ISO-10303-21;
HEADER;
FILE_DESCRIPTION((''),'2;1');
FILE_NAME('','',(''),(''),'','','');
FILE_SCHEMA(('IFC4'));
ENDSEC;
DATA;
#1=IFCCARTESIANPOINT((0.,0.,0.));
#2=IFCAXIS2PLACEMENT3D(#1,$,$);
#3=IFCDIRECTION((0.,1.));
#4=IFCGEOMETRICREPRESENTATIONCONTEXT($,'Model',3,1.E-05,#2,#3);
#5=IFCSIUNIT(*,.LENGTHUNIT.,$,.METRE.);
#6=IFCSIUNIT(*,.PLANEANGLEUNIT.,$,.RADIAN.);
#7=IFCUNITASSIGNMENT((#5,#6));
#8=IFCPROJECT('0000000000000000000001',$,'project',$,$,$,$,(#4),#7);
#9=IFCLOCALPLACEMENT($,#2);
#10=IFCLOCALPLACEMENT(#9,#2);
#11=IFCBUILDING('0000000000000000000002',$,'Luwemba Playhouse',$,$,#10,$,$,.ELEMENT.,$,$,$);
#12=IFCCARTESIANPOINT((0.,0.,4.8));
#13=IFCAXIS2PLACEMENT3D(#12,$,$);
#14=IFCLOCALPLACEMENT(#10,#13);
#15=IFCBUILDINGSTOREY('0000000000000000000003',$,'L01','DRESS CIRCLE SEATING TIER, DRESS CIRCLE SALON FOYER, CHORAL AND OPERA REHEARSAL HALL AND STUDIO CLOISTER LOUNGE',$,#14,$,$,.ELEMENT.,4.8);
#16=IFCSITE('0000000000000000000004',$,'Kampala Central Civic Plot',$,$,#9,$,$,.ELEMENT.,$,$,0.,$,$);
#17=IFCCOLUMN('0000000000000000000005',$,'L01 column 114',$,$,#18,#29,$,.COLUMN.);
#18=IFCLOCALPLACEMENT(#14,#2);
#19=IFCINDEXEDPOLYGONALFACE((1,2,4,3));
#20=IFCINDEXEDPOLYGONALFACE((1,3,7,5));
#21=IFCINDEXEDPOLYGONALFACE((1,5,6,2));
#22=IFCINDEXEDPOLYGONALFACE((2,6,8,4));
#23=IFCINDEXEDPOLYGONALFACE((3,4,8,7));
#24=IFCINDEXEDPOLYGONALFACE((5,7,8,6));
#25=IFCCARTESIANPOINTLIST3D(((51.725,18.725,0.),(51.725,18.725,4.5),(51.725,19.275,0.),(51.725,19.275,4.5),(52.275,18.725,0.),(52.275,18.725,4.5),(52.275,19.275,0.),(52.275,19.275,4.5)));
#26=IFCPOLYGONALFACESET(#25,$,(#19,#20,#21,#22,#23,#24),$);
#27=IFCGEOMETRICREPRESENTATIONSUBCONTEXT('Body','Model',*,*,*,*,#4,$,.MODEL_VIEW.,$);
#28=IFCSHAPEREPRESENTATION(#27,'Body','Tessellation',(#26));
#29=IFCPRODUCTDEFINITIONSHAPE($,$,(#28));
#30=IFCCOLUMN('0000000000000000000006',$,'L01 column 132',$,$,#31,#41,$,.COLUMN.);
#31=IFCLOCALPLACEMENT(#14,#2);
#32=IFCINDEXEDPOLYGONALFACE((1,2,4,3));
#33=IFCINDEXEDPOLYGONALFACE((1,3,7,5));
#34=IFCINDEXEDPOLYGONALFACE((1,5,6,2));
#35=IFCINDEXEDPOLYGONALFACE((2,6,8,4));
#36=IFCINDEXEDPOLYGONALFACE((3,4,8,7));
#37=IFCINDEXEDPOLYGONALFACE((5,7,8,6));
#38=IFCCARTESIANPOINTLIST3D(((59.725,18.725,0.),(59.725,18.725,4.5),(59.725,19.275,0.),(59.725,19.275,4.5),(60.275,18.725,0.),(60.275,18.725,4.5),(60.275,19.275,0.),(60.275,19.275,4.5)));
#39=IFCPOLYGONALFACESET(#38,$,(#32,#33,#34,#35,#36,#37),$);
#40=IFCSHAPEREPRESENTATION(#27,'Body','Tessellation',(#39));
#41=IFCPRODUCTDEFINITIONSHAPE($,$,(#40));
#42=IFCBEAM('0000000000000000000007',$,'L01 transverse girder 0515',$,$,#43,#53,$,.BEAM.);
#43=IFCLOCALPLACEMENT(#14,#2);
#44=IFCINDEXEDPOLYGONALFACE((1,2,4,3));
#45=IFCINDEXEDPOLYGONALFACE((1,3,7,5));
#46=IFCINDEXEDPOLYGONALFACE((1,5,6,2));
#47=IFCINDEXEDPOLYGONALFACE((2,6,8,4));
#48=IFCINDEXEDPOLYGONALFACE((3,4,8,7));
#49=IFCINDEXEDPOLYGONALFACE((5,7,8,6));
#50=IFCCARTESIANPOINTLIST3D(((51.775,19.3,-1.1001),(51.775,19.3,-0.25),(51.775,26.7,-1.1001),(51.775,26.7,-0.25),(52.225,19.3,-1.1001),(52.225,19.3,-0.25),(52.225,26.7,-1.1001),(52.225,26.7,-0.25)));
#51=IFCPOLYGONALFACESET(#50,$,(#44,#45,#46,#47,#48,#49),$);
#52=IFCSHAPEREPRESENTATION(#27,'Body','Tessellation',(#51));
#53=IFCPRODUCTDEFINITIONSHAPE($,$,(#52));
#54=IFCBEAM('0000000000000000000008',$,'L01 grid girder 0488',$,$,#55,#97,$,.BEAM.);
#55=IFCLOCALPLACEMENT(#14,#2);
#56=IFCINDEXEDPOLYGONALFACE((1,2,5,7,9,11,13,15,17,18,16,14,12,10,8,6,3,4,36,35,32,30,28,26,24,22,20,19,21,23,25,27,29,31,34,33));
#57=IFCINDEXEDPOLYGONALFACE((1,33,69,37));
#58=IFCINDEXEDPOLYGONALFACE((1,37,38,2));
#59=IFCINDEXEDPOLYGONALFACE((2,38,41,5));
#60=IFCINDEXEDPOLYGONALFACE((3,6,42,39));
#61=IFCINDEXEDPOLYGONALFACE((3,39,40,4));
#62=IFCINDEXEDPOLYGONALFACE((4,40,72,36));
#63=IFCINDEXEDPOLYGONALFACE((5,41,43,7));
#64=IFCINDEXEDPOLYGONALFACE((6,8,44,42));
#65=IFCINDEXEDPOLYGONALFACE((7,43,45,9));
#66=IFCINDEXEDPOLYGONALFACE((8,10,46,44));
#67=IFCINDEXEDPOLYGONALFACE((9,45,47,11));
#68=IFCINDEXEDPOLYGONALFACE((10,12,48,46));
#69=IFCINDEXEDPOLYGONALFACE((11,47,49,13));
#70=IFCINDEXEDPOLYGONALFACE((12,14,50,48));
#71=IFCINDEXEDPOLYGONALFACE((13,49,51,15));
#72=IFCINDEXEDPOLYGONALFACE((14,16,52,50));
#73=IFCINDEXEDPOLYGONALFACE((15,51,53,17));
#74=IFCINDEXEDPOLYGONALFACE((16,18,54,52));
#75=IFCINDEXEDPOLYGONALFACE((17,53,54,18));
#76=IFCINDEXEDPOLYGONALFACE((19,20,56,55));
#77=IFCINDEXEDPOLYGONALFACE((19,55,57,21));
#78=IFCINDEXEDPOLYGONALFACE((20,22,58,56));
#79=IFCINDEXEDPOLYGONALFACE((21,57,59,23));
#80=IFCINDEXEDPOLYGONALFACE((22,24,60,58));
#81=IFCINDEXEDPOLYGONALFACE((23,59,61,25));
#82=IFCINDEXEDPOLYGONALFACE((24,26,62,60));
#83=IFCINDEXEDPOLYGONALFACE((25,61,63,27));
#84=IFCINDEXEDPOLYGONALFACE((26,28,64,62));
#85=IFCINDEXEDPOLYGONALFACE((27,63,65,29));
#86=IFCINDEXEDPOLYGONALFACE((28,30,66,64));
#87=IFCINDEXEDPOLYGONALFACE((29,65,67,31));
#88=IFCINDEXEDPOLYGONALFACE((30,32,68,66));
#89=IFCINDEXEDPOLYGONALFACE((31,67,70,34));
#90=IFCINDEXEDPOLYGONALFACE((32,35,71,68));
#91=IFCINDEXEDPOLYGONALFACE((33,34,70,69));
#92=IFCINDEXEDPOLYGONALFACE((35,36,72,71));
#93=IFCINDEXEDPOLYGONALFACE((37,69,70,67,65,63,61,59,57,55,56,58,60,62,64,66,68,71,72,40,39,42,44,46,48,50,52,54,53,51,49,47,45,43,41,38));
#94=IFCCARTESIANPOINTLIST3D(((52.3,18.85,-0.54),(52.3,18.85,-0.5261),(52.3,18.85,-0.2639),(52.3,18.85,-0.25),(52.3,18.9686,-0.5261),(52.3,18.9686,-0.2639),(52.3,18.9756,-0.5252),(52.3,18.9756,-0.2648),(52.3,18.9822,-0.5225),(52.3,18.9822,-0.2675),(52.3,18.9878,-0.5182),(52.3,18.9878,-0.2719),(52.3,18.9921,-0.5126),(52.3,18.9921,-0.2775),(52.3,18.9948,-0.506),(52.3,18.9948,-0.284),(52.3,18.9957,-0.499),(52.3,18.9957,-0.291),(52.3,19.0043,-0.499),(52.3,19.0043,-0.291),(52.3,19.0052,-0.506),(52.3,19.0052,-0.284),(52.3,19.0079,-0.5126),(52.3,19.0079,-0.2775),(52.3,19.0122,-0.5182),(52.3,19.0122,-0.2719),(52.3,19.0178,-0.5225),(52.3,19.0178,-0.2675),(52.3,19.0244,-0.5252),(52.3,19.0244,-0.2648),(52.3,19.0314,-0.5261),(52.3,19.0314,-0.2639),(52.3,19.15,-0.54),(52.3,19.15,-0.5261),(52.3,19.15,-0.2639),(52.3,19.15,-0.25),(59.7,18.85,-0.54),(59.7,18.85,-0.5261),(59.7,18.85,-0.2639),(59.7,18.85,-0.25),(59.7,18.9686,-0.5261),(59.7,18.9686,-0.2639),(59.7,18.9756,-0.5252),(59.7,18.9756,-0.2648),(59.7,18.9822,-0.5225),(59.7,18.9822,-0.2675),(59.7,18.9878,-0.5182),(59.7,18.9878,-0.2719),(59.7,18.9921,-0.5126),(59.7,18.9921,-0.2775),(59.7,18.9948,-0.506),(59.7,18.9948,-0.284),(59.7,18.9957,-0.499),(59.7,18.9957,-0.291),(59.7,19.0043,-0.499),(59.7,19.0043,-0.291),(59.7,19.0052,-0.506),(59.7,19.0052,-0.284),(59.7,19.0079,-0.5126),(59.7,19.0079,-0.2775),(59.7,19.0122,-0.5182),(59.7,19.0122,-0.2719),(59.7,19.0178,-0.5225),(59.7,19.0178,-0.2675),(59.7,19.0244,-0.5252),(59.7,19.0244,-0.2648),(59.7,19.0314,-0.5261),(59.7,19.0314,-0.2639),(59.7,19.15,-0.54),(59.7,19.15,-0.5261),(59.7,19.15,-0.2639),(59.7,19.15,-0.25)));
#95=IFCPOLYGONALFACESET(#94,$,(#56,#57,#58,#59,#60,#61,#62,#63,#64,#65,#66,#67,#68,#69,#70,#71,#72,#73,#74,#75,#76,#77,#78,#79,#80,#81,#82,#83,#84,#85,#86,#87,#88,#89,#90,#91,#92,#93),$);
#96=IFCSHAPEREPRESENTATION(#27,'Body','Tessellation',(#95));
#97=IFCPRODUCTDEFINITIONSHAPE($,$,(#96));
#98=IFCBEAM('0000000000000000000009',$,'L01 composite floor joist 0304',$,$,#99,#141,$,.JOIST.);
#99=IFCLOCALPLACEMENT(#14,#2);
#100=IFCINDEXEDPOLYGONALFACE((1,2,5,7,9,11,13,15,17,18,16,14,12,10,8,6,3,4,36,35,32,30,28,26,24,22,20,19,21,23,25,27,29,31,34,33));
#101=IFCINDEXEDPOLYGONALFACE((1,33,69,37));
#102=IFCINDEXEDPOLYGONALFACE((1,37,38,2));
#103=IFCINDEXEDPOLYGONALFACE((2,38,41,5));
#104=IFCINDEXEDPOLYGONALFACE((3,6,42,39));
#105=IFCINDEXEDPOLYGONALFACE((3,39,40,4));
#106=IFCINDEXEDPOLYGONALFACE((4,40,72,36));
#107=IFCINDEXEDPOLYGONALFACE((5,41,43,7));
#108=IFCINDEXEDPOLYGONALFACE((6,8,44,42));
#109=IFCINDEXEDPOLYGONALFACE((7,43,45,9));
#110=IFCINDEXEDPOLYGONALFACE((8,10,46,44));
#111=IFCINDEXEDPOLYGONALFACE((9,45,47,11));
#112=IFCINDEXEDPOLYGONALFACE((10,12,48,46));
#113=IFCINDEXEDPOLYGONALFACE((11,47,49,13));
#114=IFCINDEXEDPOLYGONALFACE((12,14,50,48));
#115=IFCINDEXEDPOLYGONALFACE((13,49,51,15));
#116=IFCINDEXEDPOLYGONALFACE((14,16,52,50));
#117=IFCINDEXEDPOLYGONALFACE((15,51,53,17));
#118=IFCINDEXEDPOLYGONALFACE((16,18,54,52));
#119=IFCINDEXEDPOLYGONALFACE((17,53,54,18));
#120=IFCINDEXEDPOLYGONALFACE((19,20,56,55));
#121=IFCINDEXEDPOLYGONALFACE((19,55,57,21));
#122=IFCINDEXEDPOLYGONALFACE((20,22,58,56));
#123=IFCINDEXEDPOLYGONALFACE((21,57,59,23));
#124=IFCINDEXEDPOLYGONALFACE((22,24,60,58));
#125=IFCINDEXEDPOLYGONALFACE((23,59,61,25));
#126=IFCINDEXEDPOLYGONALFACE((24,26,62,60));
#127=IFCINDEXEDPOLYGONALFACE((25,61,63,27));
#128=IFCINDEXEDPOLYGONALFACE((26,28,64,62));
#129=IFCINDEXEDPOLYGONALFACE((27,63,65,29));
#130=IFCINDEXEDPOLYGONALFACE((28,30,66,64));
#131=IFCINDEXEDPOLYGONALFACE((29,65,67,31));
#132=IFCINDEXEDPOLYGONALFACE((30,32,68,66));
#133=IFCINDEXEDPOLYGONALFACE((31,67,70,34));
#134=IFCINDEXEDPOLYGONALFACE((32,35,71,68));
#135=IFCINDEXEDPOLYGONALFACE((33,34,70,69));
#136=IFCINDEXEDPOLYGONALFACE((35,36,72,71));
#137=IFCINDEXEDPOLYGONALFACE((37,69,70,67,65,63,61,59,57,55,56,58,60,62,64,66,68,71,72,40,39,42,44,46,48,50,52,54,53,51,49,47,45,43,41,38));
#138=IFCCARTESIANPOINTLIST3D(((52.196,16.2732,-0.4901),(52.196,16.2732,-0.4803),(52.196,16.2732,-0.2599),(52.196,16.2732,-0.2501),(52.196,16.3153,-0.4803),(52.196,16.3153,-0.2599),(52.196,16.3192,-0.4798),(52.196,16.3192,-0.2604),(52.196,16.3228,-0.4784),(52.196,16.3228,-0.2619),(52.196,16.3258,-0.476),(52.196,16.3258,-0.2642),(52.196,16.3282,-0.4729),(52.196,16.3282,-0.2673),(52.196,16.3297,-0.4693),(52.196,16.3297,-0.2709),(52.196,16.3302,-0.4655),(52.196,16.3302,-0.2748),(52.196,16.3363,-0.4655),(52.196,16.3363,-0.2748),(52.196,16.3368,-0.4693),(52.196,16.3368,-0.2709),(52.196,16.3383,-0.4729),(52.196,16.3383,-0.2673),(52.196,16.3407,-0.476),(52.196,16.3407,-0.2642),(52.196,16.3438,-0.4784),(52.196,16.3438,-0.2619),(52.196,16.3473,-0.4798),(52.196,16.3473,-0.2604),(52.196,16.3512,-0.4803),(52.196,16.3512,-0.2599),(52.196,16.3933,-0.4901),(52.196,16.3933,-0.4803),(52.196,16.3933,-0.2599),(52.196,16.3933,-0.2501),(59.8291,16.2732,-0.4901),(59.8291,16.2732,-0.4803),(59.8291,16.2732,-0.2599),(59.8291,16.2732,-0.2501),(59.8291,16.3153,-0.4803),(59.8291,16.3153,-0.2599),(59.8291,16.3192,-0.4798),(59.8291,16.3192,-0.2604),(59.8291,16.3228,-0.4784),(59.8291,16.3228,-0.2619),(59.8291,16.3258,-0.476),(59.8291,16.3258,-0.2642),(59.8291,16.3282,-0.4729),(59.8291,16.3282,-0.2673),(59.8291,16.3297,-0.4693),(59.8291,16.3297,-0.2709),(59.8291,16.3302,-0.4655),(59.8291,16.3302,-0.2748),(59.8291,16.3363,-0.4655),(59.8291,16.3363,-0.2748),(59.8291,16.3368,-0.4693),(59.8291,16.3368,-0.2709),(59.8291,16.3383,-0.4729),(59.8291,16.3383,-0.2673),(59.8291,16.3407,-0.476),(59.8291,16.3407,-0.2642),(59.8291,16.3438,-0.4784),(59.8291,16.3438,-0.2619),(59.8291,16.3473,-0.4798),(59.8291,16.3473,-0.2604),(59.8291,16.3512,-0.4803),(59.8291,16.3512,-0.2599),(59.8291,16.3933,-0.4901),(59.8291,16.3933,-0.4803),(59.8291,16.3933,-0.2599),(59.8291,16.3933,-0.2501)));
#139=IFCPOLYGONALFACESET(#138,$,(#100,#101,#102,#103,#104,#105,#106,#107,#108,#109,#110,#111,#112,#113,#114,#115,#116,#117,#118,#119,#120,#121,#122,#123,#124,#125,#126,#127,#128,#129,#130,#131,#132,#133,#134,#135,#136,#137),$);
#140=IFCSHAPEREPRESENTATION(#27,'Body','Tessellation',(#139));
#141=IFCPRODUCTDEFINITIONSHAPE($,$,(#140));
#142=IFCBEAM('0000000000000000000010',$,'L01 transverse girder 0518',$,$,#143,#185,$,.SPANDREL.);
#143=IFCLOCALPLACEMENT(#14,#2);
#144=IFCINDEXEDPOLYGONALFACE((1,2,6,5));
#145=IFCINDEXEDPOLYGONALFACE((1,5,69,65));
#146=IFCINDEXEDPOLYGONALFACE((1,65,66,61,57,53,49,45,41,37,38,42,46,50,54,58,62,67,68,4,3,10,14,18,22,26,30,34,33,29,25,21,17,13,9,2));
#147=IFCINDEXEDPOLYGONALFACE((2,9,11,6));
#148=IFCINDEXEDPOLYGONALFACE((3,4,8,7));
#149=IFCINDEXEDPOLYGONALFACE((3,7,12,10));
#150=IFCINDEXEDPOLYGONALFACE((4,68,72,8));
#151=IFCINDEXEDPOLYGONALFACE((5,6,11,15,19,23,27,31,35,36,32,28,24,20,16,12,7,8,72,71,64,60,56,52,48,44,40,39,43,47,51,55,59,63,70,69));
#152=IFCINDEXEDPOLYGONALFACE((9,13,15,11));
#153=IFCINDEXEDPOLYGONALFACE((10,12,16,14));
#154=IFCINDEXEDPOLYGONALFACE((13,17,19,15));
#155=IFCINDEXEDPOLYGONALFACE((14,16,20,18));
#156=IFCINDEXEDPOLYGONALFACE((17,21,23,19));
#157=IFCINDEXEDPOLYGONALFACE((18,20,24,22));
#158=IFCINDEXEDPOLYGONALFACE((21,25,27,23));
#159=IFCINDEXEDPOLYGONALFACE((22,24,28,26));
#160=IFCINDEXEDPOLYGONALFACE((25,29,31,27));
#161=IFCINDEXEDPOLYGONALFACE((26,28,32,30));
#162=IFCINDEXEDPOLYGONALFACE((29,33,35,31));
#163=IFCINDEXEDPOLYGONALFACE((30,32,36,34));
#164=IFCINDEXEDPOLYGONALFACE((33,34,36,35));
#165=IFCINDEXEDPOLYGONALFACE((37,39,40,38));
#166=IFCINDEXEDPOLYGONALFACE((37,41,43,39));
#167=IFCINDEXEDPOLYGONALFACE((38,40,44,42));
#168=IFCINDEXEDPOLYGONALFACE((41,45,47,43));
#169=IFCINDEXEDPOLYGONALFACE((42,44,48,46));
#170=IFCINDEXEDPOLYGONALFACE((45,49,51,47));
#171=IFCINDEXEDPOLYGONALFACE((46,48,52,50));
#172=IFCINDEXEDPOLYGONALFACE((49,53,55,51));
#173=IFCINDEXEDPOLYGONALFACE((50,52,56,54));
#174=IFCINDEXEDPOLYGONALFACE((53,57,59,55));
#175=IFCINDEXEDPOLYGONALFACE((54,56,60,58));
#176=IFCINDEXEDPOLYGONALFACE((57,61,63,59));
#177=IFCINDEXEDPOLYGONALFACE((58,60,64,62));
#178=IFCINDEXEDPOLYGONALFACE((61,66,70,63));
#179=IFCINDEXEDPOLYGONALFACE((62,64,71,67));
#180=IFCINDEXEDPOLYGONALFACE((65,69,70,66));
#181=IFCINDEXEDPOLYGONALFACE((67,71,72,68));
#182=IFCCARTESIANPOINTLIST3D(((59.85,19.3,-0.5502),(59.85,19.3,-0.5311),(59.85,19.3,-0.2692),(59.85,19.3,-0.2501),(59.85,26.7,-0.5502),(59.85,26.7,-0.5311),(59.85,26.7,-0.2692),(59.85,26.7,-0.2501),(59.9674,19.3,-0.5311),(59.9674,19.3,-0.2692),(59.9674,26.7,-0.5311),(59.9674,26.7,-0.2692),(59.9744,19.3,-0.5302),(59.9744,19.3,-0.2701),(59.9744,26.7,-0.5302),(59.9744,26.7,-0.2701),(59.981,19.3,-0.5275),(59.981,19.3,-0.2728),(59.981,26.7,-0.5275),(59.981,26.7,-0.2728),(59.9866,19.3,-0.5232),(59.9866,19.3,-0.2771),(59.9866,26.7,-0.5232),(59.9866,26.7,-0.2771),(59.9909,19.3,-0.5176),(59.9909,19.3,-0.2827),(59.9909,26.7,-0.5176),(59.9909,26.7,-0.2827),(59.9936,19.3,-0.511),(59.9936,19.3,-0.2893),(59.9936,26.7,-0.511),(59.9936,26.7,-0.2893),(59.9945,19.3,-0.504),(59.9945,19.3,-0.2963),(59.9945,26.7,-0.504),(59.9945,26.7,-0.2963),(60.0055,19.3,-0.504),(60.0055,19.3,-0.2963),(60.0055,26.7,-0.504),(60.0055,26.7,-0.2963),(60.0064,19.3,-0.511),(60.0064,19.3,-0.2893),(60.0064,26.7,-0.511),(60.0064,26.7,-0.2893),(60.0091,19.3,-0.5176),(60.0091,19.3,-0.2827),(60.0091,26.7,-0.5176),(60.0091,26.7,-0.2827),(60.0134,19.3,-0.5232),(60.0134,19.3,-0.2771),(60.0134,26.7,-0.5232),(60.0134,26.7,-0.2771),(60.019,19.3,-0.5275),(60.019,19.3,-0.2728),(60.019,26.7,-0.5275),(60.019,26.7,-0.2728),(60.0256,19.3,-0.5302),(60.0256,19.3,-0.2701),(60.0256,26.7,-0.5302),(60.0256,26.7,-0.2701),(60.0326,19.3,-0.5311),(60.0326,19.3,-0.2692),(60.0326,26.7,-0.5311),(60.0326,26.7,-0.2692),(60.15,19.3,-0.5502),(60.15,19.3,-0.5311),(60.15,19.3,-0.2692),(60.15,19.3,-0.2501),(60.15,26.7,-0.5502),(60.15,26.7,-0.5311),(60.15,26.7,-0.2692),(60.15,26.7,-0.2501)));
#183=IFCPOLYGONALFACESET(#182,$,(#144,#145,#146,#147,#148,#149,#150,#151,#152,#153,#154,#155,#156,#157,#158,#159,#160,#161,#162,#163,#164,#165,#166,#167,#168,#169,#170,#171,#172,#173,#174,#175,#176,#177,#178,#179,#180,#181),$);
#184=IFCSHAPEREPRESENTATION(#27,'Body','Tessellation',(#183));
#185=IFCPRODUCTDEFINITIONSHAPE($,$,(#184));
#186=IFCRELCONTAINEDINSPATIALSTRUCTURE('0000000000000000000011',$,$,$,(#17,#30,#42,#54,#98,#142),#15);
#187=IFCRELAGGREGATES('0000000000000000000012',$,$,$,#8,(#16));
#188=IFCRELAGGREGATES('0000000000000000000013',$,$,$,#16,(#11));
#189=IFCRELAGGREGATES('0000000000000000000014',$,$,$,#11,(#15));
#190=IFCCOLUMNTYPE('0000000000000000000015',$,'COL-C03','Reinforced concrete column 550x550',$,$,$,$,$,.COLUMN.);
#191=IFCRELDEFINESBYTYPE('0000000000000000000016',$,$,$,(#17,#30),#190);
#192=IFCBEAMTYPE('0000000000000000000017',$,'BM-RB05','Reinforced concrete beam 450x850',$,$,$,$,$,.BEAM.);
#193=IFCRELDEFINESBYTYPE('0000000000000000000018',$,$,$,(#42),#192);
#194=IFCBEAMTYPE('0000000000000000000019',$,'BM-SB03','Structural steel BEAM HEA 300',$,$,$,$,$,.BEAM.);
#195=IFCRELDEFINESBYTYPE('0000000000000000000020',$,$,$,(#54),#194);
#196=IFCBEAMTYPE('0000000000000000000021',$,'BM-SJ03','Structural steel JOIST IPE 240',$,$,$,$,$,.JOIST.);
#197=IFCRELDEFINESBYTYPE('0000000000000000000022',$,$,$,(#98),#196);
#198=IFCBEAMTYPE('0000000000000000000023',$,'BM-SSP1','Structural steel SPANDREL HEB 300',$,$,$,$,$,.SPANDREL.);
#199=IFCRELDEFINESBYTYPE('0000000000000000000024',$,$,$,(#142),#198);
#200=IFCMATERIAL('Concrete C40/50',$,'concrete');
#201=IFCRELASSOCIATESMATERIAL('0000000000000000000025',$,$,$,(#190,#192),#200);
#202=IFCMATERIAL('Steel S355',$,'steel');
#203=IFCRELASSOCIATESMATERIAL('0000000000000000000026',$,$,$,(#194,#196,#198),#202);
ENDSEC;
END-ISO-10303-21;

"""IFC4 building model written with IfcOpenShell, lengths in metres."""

from ifc_helpers import new_model, si_unit, direction, frame, origin, origin_2d, place, context, subcontext, project, spatial, rectangle, i_section, extrude, material, material_profile, profile_set, type_object, element, save


model = new_model("IFC4")

# Units and contexts
model_context = context("Model", 3, precision=1e-05, world=origin(), true_north=direction((0.0, 1.0)))
body_context = subcontext(model_context, "Body", "Model", "MODEL_VIEW")
ifc_project = project(units=[si_unit("LENGTHUNIT", "METRE"), si_unit("PLANEANGLEUNIT", "RADIAN")], contexts=[model_context])

# Site, building, storey
site_placement = place(None, origin())
site = spatial("IfcSite", under=ifc_project, at=site_placement, Name="Kampala Central Civic Plot", CompositionType="ELEMENT", RefElevation=0.0)
building_placement = place(site_placement, origin())
building = spatial("IfcBuilding", under=site, at=building_placement, Name="Luwemba Playhouse", CompositionType="ELEMENT")
storey_placement = place(building_placement, frame((0.0, 0.0, 4.8)))
storey = spatial("IfcBuildingStorey", under=building, at=storey_placement, Name="L01", Description="DRESS CIRCLE SEATING TIER, DRESS CIRCLE SALON FOYER, CHORAL AND OPERA REHEARSAL HALL AND STUDIO CLOISTER LOUNGE", CompositionType="ELEMENT", Elevation=4.8)

# Columns
ifc_material_1 = material(Name="Concrete C40/50", Category="concrete")
ifc_material_profile_1 = material_profile(ifc_material_1, rectangle(XDim=0.55, YDim=0.55, at=origin_2d()))
ifc_profile_set_1 = profile_set([ifc_material_profile_1], Name="Concrete C40/50")
column_type = type_object("IfcColumnType", Name="COL-C03", Description="Reinforced concrete column 550x550", PredefinedType="COLUMN", material=ifc_profile_set_1)
for number, where, z_axis, x_axis, name in (
    (1, (52.0, 19.0, 0.0), (0.0, 0.0, 1.0), (1.0, 0.0, 0.0), "L01 column 114"),
    (2, (60.0, 19.0, 0.0), (0.0, 0.0, 1.0), (1.0, 0.0, 0.0), "L01 column 132"),
):
    element("IfcColumn", number, at=place(storey_placement, frame(where, z_axis=z_axis, x_axis=x_axis)), inside=storey, type_object=column_type, Name=name, PredefinedType="COLUMN", context=body_context, shape_type="SweptSolid", body=[
        extrude(rectangle(XDim=0.55, YDim=0.55, at=origin_2d()), origin(), (0.0, 0.0, 1.0), 4.5),
    ])

# Beams
ifc_material_profile_2 = material_profile(ifc_material_1, rectangle(XDim=0.45, YDim=0.8501, at=origin_2d()))
ifc_profile_set_2 = profile_set([ifc_material_profile_2], Name="Concrete C40/50")
beam_type_1 = type_object("IfcBeamType", Name="BM-RB05", Description="Reinforced concrete beam 450x850", PredefinedType="BEAM", material=ifc_profile_set_2)
beam_1_placement = place(storey_placement, frame((52.0, 19.3, -0.675), z_axis=(0.0, 1.0, 0.0), x_axis=(-1.0, 0.0, 0.0)))
element("IfcBeam", 3, at=beam_1_placement, inside=storey, type_object=beam_type_1, Name="L01 transverse girder 0515", PredefinedType="BEAM", context=body_context, shape_type="SweptSolid", body=[
    extrude(rectangle(XDim=0.45, YDim=0.8501, at=origin_2d()), origin(), (0.0, 0.0, 1.0), 7.3999),
])
ifc_material_2 = material(Name="Steel S355", Category="steel")
ifc_material_profile_3 = material_profile(ifc_material_2, i_section(OverallWidth=0.3, OverallDepth=0.29, WebThickness=0.0085, FlangeThickness=0.0139, FilletRadius=0.0271, at=origin_2d()))
ifc_profile_set_3 = profile_set([ifc_material_profile_3], Name="Steel S355")
beam_type_2 = type_object("IfcBeamType", Name="BM-SB03", Description="Structural steel BEAM HEA 300", PredefinedType="BEAM", material=ifc_profile_set_3)
beam_2_placement = place(storey_placement, frame((52.3, 19.0, -0.395), z_axis=(1.0, 0.0, 0.0), x_axis=(0.0, 1.0, 0.0)))
element("IfcBeam", 4, at=beam_2_placement, inside=storey, type_object=beam_type_2, Name="L01 grid girder 0488", PredefinedType="BEAM", context=body_context, shape_type="SweptSolid", body=[
    extrude(i_section(OverallWidth=0.3, OverallDepth=0.29, WebThickness=0.0085, FlangeThickness=0.0139, FilletRadius=0.0271, at=origin_2d()), origin(), (0.0, 0.0, 1.0), 7.3999),
])
ifc_material_profile_4 = material_profile(ifc_material_2, i_section(OverallWidth=0.1201, OverallDepth=0.24, WebThickness=0.0061, FlangeThickness=0.0098, FilletRadius=0.0149, at=origin_2d()))
ifc_profile_set_4 = profile_set([ifc_material_profile_4], Name="Steel S355")
beam_type_3 = type_object("IfcBeamType", Name="BM-SJ03", Description="Structural steel JOIST IPE 240", PredefinedType="JOIST", material=ifc_profile_set_4)
beam_3_placement = place(storey_placement, frame((52.196, 16.3333, -0.3701), z_axis=(1.0, 0.0, 0.0), x_axis=(0.0, 1.0, 0.0)))
element("IfcBeam", 5, at=beam_3_placement, inside=storey, type_object=beam_type_3, Name="L01 composite floor joist 0304", PredefinedType="JOIST", context=body_context, shape_type="SweptSolid", body=[
    extrude(i_section(OverallWidth=0.1201, OverallDepth=0.24, WebThickness=0.0061, FlangeThickness=0.0098, FilletRadius=0.0149, at=origin_2d()), origin(), (0.0, 0.0, 1.0), 7.6331),
])
ifc_material_profile_5 = material_profile(ifc_material_2, i_section(OverallWidth=0.3, OverallDepth=0.3, WebThickness=0.011, FlangeThickness=0.019, FilletRadius=0.0271, at=origin_2d()))
ifc_profile_set_5 = profile_set([ifc_material_profile_5], Name="Steel S355")
beam_type_4 = type_object("IfcBeamType", Name="BM-SSP1", Description="Structural steel SPANDREL HEB 300", PredefinedType="SPANDREL", material=ifc_profile_set_5)
beam_4_placement = place(storey_placement, frame((60.0, 19.3, -0.4001), z_axis=(0.0, 1.0, 0.0), x_axis=(-1.0, 0.0, 0.0)))
element("IfcBeam", 6, at=beam_4_placement, inside=storey, type_object=beam_type_4, Name="L01 transverse girder 0518", PredefinedType="SPANDREL", context=body_context, shape_type="SweptSolid", body=[
    extrude(i_section(OverallWidth=0.3, OverallDepth=0.3, WebThickness=0.011, FlangeThickness=0.019, FilletRadius=0.0271, at=origin_2d()), origin(), (0.0, 0.0, 1.0), 7.3999),
])

save(model, "model.ifc")
